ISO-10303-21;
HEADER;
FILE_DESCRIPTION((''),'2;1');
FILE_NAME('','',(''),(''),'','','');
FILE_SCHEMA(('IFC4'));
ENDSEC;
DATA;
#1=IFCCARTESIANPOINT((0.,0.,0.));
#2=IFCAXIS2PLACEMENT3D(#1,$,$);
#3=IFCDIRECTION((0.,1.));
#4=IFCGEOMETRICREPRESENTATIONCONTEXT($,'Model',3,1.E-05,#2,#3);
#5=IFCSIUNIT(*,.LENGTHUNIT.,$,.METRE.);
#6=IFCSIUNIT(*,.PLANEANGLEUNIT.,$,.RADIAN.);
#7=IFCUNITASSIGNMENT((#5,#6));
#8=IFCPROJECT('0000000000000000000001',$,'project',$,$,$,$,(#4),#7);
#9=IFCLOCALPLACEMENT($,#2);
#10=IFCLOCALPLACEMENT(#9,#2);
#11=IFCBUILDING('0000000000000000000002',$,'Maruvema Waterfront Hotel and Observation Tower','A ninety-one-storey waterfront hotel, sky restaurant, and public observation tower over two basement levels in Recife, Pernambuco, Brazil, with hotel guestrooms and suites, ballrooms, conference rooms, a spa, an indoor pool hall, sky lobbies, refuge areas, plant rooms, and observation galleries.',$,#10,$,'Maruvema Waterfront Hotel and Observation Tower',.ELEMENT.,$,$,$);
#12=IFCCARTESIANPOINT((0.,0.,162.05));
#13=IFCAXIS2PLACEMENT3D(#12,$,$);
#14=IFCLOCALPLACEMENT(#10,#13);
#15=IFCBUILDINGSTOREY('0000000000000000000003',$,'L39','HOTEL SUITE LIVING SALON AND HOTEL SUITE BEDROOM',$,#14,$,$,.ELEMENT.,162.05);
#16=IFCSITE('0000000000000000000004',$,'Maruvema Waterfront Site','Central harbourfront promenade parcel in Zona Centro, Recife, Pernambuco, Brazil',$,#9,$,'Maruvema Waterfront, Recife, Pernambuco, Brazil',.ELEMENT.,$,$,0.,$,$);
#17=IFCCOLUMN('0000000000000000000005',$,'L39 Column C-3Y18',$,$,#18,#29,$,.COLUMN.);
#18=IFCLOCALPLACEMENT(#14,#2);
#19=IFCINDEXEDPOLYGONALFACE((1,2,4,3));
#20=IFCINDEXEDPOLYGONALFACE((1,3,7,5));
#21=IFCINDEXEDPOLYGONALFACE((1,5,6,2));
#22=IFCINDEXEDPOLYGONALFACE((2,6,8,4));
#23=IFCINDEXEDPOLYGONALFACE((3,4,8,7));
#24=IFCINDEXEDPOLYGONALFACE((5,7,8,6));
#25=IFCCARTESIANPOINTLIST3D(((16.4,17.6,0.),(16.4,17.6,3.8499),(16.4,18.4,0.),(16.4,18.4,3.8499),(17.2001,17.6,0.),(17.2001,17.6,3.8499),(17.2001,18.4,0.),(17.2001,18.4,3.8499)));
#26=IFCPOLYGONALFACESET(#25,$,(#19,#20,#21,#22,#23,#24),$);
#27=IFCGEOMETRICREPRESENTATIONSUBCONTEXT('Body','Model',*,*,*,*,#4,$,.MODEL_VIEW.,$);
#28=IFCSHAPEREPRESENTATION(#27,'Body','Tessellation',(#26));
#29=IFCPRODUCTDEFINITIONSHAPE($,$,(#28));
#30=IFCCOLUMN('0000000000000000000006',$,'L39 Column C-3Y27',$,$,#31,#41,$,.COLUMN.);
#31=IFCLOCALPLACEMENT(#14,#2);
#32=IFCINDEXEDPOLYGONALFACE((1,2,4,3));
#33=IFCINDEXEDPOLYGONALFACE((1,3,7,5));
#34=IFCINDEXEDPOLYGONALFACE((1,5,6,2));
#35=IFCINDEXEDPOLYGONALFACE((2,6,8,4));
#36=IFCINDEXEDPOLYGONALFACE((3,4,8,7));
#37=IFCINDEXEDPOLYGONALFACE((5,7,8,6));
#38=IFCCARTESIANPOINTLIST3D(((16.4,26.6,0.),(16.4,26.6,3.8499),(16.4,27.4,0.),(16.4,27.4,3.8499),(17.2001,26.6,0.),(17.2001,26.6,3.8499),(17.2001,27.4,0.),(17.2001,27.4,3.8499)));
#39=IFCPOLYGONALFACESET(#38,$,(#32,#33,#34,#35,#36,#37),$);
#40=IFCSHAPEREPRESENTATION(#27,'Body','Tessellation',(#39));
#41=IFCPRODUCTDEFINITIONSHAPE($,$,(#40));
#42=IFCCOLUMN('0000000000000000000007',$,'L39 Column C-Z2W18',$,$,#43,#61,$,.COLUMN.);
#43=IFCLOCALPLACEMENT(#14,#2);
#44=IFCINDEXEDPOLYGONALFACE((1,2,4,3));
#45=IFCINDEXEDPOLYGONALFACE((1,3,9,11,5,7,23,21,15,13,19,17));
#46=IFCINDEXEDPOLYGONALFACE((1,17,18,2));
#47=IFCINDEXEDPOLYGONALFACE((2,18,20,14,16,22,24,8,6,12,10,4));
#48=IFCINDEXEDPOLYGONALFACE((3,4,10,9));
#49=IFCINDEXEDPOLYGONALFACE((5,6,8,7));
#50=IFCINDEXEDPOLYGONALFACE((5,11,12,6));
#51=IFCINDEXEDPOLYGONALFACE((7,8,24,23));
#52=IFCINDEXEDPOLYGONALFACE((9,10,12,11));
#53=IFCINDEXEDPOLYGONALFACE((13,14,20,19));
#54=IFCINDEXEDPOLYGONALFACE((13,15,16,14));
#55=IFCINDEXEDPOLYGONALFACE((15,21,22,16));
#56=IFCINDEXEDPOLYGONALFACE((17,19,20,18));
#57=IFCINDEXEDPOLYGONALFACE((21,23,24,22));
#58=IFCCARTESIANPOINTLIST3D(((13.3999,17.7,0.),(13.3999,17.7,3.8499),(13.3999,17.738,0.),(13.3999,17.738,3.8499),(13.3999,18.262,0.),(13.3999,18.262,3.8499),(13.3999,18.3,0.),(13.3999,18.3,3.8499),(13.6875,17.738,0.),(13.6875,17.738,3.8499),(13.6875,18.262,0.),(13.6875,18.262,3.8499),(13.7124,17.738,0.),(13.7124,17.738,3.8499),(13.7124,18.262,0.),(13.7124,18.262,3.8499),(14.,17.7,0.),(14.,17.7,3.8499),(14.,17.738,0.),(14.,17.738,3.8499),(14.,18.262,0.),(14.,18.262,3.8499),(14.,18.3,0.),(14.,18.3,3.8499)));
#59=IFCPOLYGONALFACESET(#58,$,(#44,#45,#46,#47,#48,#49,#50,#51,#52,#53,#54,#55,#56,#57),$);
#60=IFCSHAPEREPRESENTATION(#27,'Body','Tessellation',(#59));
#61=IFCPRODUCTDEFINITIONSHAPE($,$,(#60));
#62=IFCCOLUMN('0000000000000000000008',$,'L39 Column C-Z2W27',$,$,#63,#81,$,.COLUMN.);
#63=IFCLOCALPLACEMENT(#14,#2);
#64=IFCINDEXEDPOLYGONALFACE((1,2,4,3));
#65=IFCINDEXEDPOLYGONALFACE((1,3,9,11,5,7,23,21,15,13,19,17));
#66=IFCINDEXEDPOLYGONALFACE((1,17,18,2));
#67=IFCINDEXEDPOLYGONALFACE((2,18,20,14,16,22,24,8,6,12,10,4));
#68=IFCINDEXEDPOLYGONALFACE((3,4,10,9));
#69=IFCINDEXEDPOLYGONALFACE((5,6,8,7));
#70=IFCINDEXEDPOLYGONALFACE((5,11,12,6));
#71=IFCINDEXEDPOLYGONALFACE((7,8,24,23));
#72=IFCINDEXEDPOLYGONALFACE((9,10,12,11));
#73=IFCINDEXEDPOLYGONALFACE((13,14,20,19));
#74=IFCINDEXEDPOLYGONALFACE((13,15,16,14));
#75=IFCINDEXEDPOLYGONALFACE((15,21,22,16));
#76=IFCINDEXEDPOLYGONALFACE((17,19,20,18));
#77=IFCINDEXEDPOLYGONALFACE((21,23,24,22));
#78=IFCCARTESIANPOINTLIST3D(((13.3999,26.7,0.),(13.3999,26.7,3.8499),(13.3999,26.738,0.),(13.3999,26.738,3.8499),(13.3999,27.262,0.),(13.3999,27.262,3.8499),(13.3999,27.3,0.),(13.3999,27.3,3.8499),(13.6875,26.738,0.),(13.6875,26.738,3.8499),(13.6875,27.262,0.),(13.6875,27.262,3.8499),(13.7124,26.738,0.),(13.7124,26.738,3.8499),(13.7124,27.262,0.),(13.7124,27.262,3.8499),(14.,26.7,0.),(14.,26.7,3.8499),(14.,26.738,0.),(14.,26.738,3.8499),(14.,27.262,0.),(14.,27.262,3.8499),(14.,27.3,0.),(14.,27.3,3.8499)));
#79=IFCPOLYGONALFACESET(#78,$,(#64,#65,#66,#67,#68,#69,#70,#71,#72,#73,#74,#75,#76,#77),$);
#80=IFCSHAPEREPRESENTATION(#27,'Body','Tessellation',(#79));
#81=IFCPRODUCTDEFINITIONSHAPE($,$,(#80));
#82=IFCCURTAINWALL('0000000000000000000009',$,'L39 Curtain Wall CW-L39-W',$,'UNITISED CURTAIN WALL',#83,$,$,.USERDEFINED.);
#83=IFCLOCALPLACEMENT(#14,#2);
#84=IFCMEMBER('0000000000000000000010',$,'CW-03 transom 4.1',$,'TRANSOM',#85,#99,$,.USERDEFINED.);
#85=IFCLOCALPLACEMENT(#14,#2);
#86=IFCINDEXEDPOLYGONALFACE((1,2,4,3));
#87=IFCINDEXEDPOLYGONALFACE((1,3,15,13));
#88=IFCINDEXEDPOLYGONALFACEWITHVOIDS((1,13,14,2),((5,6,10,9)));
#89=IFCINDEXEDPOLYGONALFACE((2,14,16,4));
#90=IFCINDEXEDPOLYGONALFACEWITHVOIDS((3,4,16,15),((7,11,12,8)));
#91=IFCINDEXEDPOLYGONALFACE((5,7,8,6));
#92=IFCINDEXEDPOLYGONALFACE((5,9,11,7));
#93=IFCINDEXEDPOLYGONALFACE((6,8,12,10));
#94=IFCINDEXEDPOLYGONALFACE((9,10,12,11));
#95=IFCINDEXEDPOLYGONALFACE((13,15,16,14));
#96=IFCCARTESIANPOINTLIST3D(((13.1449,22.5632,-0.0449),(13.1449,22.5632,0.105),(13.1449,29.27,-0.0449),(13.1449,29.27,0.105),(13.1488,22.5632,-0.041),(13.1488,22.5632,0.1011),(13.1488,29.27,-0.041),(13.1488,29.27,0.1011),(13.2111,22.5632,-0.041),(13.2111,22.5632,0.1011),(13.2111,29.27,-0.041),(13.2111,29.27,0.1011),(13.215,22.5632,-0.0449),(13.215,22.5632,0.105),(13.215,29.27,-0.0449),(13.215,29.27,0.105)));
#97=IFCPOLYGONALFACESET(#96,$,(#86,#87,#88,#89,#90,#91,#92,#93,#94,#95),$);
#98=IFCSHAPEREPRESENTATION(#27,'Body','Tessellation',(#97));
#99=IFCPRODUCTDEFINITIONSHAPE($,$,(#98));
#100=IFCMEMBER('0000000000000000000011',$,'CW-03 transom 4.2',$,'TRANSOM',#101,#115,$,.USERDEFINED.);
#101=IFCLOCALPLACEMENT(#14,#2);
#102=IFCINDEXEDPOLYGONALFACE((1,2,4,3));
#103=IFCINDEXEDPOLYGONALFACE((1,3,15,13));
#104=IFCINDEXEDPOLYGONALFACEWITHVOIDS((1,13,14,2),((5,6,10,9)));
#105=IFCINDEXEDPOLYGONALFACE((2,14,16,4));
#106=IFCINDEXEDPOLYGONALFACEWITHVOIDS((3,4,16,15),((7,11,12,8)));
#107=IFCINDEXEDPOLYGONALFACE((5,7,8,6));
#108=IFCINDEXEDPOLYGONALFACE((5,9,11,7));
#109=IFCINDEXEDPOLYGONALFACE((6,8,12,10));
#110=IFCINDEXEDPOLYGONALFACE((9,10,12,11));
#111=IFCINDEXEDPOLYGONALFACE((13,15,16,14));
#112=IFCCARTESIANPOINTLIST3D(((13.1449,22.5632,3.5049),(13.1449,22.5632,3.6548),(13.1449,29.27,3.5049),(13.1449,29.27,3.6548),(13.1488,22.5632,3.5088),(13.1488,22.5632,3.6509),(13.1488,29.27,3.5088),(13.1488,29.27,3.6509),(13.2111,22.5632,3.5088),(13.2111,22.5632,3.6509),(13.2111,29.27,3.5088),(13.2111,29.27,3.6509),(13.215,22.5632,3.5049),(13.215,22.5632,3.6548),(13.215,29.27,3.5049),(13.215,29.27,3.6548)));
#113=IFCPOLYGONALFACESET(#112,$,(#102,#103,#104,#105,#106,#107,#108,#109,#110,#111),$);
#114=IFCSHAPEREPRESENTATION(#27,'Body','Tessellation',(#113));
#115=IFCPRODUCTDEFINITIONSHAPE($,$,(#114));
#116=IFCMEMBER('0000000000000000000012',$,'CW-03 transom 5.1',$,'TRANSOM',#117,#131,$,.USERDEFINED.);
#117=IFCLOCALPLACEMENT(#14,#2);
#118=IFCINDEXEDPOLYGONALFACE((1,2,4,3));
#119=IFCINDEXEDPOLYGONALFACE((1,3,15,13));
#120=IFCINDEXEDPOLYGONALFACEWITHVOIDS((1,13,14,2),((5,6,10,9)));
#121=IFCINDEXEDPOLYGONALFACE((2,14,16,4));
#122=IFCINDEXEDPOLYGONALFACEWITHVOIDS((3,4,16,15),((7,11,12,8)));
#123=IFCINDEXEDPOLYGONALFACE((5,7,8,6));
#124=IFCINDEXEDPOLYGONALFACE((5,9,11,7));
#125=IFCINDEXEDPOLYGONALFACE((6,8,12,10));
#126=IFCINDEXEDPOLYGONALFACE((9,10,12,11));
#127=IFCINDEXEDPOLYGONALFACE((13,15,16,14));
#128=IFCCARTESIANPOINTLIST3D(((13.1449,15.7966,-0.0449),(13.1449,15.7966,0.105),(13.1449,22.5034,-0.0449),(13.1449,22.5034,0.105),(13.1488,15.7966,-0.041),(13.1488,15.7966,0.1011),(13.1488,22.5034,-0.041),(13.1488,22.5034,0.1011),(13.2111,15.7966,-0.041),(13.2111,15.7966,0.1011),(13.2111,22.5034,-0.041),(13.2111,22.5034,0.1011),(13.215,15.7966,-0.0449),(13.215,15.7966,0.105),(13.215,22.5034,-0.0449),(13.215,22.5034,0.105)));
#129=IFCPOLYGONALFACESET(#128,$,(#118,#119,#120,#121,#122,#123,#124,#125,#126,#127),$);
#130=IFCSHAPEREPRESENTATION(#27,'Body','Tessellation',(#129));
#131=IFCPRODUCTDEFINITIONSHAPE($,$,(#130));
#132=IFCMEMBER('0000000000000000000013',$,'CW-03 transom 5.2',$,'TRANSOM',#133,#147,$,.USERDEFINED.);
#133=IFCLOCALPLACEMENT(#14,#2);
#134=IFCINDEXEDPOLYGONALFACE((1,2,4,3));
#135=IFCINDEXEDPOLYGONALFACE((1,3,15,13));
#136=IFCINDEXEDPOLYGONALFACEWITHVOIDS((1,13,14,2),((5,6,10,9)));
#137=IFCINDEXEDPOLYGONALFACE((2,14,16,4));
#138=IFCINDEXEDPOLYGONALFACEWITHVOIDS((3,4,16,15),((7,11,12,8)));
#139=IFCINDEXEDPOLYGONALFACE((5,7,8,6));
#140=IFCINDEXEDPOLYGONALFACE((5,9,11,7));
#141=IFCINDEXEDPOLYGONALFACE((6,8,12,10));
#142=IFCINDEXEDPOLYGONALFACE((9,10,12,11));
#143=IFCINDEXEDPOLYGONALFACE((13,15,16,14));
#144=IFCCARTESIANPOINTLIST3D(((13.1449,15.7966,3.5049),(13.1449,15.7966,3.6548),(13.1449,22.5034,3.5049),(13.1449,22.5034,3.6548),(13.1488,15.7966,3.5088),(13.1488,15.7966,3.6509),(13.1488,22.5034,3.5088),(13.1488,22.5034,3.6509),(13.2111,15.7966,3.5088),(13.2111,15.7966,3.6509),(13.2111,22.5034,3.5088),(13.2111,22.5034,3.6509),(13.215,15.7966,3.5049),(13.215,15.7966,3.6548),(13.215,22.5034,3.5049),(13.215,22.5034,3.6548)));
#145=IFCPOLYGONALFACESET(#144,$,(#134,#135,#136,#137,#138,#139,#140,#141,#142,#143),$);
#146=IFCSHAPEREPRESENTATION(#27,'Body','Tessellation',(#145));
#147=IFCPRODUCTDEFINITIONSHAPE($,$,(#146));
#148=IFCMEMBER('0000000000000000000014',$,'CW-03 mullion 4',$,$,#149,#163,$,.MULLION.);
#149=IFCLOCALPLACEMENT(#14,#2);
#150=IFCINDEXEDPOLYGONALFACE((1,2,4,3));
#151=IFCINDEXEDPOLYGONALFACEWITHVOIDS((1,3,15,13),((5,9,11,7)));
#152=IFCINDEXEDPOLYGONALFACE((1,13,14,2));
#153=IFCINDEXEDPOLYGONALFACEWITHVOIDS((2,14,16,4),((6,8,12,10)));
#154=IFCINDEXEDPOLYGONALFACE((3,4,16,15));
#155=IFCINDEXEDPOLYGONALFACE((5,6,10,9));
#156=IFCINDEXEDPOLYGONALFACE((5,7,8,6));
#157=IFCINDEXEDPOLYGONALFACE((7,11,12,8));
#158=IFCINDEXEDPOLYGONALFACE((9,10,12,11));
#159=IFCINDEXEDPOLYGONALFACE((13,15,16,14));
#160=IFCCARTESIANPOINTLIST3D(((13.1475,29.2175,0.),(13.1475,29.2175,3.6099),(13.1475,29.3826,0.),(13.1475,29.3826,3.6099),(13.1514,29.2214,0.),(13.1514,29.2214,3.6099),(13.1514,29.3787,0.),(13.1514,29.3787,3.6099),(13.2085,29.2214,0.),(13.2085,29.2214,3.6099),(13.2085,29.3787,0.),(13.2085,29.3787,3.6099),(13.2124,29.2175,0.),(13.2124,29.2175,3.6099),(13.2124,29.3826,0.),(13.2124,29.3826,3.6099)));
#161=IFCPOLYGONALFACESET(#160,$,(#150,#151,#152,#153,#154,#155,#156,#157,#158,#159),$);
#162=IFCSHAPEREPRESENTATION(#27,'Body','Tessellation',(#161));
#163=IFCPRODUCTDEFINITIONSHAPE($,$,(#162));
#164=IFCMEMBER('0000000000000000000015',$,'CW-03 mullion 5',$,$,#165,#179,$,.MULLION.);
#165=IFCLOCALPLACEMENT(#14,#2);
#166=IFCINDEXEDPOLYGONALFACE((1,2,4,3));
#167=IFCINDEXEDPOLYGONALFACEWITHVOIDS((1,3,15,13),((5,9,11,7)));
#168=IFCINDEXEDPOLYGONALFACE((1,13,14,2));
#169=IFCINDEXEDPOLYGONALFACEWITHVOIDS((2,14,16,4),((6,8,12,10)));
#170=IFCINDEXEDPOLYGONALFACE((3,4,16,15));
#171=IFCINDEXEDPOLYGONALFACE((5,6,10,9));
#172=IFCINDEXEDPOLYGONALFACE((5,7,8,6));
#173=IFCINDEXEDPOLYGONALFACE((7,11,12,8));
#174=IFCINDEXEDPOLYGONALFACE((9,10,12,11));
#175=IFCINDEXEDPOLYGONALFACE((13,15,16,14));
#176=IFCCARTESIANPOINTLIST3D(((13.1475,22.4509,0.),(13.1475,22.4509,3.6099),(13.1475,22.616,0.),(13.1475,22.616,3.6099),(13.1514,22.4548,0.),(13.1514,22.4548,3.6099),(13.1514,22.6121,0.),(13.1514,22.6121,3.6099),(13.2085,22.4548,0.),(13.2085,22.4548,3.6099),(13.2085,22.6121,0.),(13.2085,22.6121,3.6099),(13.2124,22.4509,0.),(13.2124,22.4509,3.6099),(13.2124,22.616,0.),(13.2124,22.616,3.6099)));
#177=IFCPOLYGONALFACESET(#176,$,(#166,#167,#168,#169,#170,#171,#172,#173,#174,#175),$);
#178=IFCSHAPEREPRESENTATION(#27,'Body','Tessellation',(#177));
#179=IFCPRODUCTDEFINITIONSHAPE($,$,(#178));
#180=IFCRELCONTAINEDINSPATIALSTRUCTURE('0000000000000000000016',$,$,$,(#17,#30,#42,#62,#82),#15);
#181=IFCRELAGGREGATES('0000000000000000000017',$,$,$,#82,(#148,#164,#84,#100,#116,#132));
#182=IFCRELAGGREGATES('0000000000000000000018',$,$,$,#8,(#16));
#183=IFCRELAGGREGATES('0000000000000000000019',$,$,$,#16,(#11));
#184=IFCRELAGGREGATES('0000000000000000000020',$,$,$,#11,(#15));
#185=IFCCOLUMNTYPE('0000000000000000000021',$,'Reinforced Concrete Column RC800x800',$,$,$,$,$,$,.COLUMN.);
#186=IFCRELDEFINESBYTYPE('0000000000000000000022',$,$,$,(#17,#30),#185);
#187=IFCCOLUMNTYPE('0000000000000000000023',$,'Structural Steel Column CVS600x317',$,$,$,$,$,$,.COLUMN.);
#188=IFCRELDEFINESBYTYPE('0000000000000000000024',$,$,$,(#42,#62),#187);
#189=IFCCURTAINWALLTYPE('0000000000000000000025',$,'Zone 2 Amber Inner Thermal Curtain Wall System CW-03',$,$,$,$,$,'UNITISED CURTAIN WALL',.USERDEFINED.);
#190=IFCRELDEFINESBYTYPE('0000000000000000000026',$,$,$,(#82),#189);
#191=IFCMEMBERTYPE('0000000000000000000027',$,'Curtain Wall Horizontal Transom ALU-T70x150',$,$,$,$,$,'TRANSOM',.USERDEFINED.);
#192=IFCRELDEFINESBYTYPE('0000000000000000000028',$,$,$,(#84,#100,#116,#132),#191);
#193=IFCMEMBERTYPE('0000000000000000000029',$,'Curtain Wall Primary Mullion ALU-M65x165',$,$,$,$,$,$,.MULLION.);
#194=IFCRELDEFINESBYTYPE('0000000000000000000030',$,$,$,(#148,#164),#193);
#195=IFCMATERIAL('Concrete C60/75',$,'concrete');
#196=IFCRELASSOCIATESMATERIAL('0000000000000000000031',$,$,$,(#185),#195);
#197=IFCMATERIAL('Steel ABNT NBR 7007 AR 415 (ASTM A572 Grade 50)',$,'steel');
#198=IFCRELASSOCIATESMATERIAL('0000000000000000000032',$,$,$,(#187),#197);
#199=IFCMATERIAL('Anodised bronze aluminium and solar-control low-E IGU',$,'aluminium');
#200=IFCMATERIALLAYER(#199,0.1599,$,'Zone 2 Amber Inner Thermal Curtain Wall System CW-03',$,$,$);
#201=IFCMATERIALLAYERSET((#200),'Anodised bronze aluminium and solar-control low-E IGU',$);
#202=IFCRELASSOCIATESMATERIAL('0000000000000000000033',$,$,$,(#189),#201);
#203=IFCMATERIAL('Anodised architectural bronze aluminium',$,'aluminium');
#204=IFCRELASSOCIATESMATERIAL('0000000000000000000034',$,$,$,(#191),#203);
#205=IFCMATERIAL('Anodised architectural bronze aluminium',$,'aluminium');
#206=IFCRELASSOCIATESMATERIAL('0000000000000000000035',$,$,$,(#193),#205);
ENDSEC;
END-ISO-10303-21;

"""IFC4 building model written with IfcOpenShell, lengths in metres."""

from ifc_helpers import new_model, si_unit, direction, frame, origin, origin_2d, place, context, subcontext, project, spatial, rectangle, hollow_rectangle, i_section, extrude, material, layer, layer_set, material_profile, profile_set, type_object, element, aggregate, save


model = new_model("IFC4")

# Units and contexts
model_context = context("Model", 3, precision=1e-05, world=origin(), true_north=direction((0.0, 1.0)))
body_context = subcontext(model_context, "Body", "Model", "MODEL_VIEW")
ifc_project = project(units=[si_unit("LENGTHUNIT", "METRE"), si_unit("PLANEANGLEUNIT", "RADIAN")], contexts=[model_context])

# Site, building, storey
site_placement = place(None, origin())
site = spatial("IfcSite", under=ifc_project, at=site_placement, Name="Maruvema Waterfront Site", Description="Central harbourfront promenade parcel in Zona Centro, Recife, Pernambuco, Brazil", LongName="Maruvema Waterfront, Recife, Pernambuco, Brazil", CompositionType="ELEMENT", RefElevation=0.0)
building_placement = place(site_placement, origin())
building = spatial("IfcBuilding", under=site, at=building_placement, Name="Maruvema Waterfront Hotel and Observation Tower", Description="A ninety-one-storey waterfront hotel, sky restaurant, and public observation tower over two basement levels in Recife, Pernambuco, Brazil, with hotel guestrooms and suites, ballrooms, conference rooms, a spa, an indoor pool hall, sky lobbies, refuge areas, plant rooms, and observation galleries.", LongName="Maruvema Waterfront Hotel and Observation Tower", CompositionType="ELEMENT")
storey_placement = place(building_placement, frame((0.0, 0.0, 162.05)))
storey = spatial("IfcBuildingStorey", under=building, at=storey_placement, Name="L39", Description="HOTEL SUITE LIVING SALON AND HOTEL SUITE BEDROOM", CompositionType="ELEMENT", Elevation=162.05)

# Columns
ifc_material_1 = material(Name="Concrete C60/75", Category="concrete")
ifc_material_profile_1 = material_profile(ifc_material_1, rectangle(XDim=0.8, YDim=0.8, at=origin_2d()), Name="RC800x800")
ifc_profile_set_1 = profile_set([ifc_material_profile_1], Name="Concrete C60/75")
column_type_1 = type_object("IfcColumnType", Name="Reinforced Concrete Column RC800x800", PredefinedType="COLUMN", material=ifc_profile_set_1)
for number, where, z_axis, x_axis, name in (
    (1, (16.8, 18.0, 0.0), (0.0, 0.0, 1.0), (1.0, 0.0, 0.0), "L39 Column C-3Y18"),
    (2, (16.8, 27.0, 0.0), (0.0, 0.0, 1.0), (1.0, 0.0, 0.0), "L39 Column C-3Y27"),
):
    element("IfcColumn", number, at=place(storey_placement, frame(where, z_axis=z_axis, x_axis=x_axis)), inside=storey, type_object=column_type_1, Name=name, PredefinedType="COLUMN", context=body_context, shape_type="SweptSolid", body=[
        extrude(rectangle(XDim=0.8, YDim=0.8, at=origin_2d()), origin(), (0.0, 0.0, 1.0), 3.8499),
    ])
ifc_material_2 = material(Name="Steel ABNT NBR 7007 AR 415 (ASTM A572 Grade 50)", Category="steel")
ifc_material_profile_2 = material_profile(ifc_material_2, i_section(OverallWidth=0.6001, OverallDepth=0.6001, WebThickness=0.0249, FlangeThickness=0.0381, at=origin_2d()), Name="CVS600x317")
ifc_profile_set_2 = profile_set([ifc_material_profile_2], Name="Steel ABNT NBR 7007 AR 415 (ASTM A572 Grade 50)")
column_type_2 = type_object("IfcColumnType", Name="Structural Steel Column CVS600x317", PredefinedType="COLUMN", material=ifc_profile_set_2)
for number, where, z_axis, x_axis, name in (
    (3, (13.7, 18.0, 0.0), (0.0, 0.0, 1.0), (1.0, 0.0, 0.0), "L39 Column C-Z2W18"),
    (4, (13.7, 27.0, 0.0), (0.0, 0.0, 1.0), (1.0, 0.0, 0.0), "L39 Column C-Z2W27"),
):
    element("IfcColumn", number, at=place(storey_placement, frame(where, z_axis=z_axis, x_axis=x_axis)), inside=storey, type_object=column_type_2, Name=name, PredefinedType="COLUMN", context=body_context, shape_type="SweptSolid", body=[
        extrude(i_section(OverallWidth=0.6001, OverallDepth=0.6001, WebThickness=0.0249, FlangeThickness=0.0381, at=origin_2d()), origin(), (0.0, 0.0, 1.0), 3.8499),
    ])

# Curtain wall, members
ifc_material_3 = material(Name="Anodised bronze aluminium and solar-control low-E IGU", Category="aluminium")
ifc_layer_1 = layer(ifc_material_3, 0.1599, Name="Zone 2 Amber Inner Thermal Curtain Wall System CW-03")
ifc_layer_set_1 = layer_set([ifc_layer_1], Name="Anodised bronze aluminium and solar-control low-E IGU")
curtain_wall_type = type_object("IfcCurtainWallType", Name="Zone 2 Amber Inner Thermal Curtain Wall System CW-03", ElementType="UNITISED CURTAIN WALL", PredefinedType="USERDEFINED", material=ifc_layer_set_1)
curtain_wall_placement = place(storey_placement, origin())
curtain_wall = element("IfcCurtainWall", 5, at=curtain_wall_placement, inside=storey, type_object=curtain_wall_type, Name="L39 Curtain Wall CW-L39-W", ObjectType="UNITISED CURTAIN WALL", PredefinedType="USERDEFINED")
ifc_material_4 = material(Name="Anodised architectural bronze aluminium", Category="aluminium")
ifc_material_profile_3 = material_profile(ifc_material_4, hollow_rectangle(XDim=0.0701, YDim=0.1499, WallThickness=0.0039, at=origin_2d()), Name="ALU-T70x150")
ifc_profile_set_3 = profile_set([ifc_material_profile_3], Name="Anodised architectural bronze aluminium")
member_type_1 = type_object("IfcMemberType", Name="Curtain Wall Horizontal Transom ALU-T70x150", ElementType="TRANSOM", PredefinedType="USERDEFINED", material=ifc_profile_set_3)
member_1_placement = place(storey_placement, frame((13.1799, 29.27, 0.03), z_axis=(0.0, -1.0, 0.0), x_axis=(1.0, 0.0, 0.0)))
member_1 = element("IfcMember", 6, at=member_1_placement, type_object=member_type_1, Name="CW-03 transom 4.1", ObjectType="TRANSOM", PredefinedType="USERDEFINED", context=body_context, shape_type="SweptSolid", body=[
    extrude(hollow_rectangle(XDim=0.0701, YDim=0.1499, WallThickness=0.0039, at=origin_2d()), origin(), (0.0, 0.0, 1.0), 6.7068),
])
member_2_placement = place(storey_placement, frame((13.1799, 29.27, 3.5798), z_axis=(0.0, -1.0, 0.0), x_axis=(1.0, 0.0, 0.0)))
member_2 = element("IfcMember", 7, at=member_2_placement, type_object=member_type_1, Name="CW-03 transom 4.2", ObjectType="TRANSOM", PredefinedType="USERDEFINED", context=body_context, shape_type="SweptSolid", body=[
    extrude(hollow_rectangle(XDim=0.0701, YDim=0.1499, WallThickness=0.0039, at=origin_2d()), origin(), (0.0, 0.0, 1.0), 6.7068),
])
member_3_placement = place(storey_placement, frame((13.1799, 22.5034, 0.03), z_axis=(0.0, -1.0, 0.0), x_axis=(1.0, 0.0, 0.0)))
member_3 = element("IfcMember", 8, at=member_3_placement, type_object=member_type_1, Name="CW-03 transom 5.1", ObjectType="TRANSOM", PredefinedType="USERDEFINED", context=body_context, shape_type="SweptSolid", body=[
    extrude(hollow_rectangle(XDim=0.0701, YDim=0.1499, WallThickness=0.0039, at=origin_2d()), origin(), (0.0, 0.0, 1.0), 6.7068),
])
member_4_placement = place(storey_placement, frame((13.1799, 22.5034, 3.5798), z_axis=(0.0, -1.0, 0.0), x_axis=(1.0, 0.0, 0.0)))
member_4 = element("IfcMember", 9, at=member_4_placement, type_object=member_type_1, Name="CW-03 transom 5.2", ObjectType="TRANSOM", PredefinedType="USERDEFINED", context=body_context, shape_type="SweptSolid", body=[
    extrude(hollow_rectangle(XDim=0.0701, YDim=0.1499, WallThickness=0.0039, at=origin_2d()), origin(), (0.0, 0.0, 1.0), 6.7068),
])
ifc_material_5 = material(Name="Anodised architectural bronze aluminium", Category="aluminium")
ifc_material_profile_4 = material_profile(ifc_material_5, hollow_rectangle(XDim=0.0649, YDim=0.165, WallThickness=0.0039, at=origin_2d()), Name="ALU-M65x165")
ifc_profile_set_4 = profile_set([ifc_material_profile_4], Name="Anodised architectural bronze aluminium")
member_type_2 = type_object("IfcMemberType", Name="Curtain Wall Primary Mullion ALU-M65x165", PredefinedType="MULLION", material=ifc_profile_set_4)
member_5_placement = place(storey_placement, frame((13.1799, 29.3, 0.0), z_axis=(0.0, 0.0, 1.0), x_axis=(1.0, 0.0, 0.0)))
member_5 = element("IfcMember", 10, at=member_5_placement, type_object=member_type_2, Name="CW-03 mullion 4", PredefinedType="MULLION", context=body_context, shape_type="SweptSolid", body=[
    extrude(hollow_rectangle(XDim=0.0649, YDim=0.165, WallThickness=0.0039, at=origin_2d()), origin(), (0.0, 0.0, 1.0), 3.6099),
])
member_6_placement = place(storey_placement, frame((13.1799, 22.5334, 0.0), z_axis=(0.0, 0.0, 1.0), x_axis=(1.0, 0.0, 0.0)))
member_6 = element("IfcMember", 11, at=member_6_placement, type_object=member_type_2, Name="CW-03 mullion 5", PredefinedType="MULLION", context=body_context, shape_type="SweptSolid", body=[
    extrude(hollow_rectangle(XDim=0.0649, YDim=0.165, WallThickness=0.0039, at=origin_2d()), origin(), (0.0, 0.0, 1.0), 3.6099),
])

aggregate(curtain_wall, [member_5, member_6, member_1, member_2, member_3, member_4])

save(model, "model.ifc")
